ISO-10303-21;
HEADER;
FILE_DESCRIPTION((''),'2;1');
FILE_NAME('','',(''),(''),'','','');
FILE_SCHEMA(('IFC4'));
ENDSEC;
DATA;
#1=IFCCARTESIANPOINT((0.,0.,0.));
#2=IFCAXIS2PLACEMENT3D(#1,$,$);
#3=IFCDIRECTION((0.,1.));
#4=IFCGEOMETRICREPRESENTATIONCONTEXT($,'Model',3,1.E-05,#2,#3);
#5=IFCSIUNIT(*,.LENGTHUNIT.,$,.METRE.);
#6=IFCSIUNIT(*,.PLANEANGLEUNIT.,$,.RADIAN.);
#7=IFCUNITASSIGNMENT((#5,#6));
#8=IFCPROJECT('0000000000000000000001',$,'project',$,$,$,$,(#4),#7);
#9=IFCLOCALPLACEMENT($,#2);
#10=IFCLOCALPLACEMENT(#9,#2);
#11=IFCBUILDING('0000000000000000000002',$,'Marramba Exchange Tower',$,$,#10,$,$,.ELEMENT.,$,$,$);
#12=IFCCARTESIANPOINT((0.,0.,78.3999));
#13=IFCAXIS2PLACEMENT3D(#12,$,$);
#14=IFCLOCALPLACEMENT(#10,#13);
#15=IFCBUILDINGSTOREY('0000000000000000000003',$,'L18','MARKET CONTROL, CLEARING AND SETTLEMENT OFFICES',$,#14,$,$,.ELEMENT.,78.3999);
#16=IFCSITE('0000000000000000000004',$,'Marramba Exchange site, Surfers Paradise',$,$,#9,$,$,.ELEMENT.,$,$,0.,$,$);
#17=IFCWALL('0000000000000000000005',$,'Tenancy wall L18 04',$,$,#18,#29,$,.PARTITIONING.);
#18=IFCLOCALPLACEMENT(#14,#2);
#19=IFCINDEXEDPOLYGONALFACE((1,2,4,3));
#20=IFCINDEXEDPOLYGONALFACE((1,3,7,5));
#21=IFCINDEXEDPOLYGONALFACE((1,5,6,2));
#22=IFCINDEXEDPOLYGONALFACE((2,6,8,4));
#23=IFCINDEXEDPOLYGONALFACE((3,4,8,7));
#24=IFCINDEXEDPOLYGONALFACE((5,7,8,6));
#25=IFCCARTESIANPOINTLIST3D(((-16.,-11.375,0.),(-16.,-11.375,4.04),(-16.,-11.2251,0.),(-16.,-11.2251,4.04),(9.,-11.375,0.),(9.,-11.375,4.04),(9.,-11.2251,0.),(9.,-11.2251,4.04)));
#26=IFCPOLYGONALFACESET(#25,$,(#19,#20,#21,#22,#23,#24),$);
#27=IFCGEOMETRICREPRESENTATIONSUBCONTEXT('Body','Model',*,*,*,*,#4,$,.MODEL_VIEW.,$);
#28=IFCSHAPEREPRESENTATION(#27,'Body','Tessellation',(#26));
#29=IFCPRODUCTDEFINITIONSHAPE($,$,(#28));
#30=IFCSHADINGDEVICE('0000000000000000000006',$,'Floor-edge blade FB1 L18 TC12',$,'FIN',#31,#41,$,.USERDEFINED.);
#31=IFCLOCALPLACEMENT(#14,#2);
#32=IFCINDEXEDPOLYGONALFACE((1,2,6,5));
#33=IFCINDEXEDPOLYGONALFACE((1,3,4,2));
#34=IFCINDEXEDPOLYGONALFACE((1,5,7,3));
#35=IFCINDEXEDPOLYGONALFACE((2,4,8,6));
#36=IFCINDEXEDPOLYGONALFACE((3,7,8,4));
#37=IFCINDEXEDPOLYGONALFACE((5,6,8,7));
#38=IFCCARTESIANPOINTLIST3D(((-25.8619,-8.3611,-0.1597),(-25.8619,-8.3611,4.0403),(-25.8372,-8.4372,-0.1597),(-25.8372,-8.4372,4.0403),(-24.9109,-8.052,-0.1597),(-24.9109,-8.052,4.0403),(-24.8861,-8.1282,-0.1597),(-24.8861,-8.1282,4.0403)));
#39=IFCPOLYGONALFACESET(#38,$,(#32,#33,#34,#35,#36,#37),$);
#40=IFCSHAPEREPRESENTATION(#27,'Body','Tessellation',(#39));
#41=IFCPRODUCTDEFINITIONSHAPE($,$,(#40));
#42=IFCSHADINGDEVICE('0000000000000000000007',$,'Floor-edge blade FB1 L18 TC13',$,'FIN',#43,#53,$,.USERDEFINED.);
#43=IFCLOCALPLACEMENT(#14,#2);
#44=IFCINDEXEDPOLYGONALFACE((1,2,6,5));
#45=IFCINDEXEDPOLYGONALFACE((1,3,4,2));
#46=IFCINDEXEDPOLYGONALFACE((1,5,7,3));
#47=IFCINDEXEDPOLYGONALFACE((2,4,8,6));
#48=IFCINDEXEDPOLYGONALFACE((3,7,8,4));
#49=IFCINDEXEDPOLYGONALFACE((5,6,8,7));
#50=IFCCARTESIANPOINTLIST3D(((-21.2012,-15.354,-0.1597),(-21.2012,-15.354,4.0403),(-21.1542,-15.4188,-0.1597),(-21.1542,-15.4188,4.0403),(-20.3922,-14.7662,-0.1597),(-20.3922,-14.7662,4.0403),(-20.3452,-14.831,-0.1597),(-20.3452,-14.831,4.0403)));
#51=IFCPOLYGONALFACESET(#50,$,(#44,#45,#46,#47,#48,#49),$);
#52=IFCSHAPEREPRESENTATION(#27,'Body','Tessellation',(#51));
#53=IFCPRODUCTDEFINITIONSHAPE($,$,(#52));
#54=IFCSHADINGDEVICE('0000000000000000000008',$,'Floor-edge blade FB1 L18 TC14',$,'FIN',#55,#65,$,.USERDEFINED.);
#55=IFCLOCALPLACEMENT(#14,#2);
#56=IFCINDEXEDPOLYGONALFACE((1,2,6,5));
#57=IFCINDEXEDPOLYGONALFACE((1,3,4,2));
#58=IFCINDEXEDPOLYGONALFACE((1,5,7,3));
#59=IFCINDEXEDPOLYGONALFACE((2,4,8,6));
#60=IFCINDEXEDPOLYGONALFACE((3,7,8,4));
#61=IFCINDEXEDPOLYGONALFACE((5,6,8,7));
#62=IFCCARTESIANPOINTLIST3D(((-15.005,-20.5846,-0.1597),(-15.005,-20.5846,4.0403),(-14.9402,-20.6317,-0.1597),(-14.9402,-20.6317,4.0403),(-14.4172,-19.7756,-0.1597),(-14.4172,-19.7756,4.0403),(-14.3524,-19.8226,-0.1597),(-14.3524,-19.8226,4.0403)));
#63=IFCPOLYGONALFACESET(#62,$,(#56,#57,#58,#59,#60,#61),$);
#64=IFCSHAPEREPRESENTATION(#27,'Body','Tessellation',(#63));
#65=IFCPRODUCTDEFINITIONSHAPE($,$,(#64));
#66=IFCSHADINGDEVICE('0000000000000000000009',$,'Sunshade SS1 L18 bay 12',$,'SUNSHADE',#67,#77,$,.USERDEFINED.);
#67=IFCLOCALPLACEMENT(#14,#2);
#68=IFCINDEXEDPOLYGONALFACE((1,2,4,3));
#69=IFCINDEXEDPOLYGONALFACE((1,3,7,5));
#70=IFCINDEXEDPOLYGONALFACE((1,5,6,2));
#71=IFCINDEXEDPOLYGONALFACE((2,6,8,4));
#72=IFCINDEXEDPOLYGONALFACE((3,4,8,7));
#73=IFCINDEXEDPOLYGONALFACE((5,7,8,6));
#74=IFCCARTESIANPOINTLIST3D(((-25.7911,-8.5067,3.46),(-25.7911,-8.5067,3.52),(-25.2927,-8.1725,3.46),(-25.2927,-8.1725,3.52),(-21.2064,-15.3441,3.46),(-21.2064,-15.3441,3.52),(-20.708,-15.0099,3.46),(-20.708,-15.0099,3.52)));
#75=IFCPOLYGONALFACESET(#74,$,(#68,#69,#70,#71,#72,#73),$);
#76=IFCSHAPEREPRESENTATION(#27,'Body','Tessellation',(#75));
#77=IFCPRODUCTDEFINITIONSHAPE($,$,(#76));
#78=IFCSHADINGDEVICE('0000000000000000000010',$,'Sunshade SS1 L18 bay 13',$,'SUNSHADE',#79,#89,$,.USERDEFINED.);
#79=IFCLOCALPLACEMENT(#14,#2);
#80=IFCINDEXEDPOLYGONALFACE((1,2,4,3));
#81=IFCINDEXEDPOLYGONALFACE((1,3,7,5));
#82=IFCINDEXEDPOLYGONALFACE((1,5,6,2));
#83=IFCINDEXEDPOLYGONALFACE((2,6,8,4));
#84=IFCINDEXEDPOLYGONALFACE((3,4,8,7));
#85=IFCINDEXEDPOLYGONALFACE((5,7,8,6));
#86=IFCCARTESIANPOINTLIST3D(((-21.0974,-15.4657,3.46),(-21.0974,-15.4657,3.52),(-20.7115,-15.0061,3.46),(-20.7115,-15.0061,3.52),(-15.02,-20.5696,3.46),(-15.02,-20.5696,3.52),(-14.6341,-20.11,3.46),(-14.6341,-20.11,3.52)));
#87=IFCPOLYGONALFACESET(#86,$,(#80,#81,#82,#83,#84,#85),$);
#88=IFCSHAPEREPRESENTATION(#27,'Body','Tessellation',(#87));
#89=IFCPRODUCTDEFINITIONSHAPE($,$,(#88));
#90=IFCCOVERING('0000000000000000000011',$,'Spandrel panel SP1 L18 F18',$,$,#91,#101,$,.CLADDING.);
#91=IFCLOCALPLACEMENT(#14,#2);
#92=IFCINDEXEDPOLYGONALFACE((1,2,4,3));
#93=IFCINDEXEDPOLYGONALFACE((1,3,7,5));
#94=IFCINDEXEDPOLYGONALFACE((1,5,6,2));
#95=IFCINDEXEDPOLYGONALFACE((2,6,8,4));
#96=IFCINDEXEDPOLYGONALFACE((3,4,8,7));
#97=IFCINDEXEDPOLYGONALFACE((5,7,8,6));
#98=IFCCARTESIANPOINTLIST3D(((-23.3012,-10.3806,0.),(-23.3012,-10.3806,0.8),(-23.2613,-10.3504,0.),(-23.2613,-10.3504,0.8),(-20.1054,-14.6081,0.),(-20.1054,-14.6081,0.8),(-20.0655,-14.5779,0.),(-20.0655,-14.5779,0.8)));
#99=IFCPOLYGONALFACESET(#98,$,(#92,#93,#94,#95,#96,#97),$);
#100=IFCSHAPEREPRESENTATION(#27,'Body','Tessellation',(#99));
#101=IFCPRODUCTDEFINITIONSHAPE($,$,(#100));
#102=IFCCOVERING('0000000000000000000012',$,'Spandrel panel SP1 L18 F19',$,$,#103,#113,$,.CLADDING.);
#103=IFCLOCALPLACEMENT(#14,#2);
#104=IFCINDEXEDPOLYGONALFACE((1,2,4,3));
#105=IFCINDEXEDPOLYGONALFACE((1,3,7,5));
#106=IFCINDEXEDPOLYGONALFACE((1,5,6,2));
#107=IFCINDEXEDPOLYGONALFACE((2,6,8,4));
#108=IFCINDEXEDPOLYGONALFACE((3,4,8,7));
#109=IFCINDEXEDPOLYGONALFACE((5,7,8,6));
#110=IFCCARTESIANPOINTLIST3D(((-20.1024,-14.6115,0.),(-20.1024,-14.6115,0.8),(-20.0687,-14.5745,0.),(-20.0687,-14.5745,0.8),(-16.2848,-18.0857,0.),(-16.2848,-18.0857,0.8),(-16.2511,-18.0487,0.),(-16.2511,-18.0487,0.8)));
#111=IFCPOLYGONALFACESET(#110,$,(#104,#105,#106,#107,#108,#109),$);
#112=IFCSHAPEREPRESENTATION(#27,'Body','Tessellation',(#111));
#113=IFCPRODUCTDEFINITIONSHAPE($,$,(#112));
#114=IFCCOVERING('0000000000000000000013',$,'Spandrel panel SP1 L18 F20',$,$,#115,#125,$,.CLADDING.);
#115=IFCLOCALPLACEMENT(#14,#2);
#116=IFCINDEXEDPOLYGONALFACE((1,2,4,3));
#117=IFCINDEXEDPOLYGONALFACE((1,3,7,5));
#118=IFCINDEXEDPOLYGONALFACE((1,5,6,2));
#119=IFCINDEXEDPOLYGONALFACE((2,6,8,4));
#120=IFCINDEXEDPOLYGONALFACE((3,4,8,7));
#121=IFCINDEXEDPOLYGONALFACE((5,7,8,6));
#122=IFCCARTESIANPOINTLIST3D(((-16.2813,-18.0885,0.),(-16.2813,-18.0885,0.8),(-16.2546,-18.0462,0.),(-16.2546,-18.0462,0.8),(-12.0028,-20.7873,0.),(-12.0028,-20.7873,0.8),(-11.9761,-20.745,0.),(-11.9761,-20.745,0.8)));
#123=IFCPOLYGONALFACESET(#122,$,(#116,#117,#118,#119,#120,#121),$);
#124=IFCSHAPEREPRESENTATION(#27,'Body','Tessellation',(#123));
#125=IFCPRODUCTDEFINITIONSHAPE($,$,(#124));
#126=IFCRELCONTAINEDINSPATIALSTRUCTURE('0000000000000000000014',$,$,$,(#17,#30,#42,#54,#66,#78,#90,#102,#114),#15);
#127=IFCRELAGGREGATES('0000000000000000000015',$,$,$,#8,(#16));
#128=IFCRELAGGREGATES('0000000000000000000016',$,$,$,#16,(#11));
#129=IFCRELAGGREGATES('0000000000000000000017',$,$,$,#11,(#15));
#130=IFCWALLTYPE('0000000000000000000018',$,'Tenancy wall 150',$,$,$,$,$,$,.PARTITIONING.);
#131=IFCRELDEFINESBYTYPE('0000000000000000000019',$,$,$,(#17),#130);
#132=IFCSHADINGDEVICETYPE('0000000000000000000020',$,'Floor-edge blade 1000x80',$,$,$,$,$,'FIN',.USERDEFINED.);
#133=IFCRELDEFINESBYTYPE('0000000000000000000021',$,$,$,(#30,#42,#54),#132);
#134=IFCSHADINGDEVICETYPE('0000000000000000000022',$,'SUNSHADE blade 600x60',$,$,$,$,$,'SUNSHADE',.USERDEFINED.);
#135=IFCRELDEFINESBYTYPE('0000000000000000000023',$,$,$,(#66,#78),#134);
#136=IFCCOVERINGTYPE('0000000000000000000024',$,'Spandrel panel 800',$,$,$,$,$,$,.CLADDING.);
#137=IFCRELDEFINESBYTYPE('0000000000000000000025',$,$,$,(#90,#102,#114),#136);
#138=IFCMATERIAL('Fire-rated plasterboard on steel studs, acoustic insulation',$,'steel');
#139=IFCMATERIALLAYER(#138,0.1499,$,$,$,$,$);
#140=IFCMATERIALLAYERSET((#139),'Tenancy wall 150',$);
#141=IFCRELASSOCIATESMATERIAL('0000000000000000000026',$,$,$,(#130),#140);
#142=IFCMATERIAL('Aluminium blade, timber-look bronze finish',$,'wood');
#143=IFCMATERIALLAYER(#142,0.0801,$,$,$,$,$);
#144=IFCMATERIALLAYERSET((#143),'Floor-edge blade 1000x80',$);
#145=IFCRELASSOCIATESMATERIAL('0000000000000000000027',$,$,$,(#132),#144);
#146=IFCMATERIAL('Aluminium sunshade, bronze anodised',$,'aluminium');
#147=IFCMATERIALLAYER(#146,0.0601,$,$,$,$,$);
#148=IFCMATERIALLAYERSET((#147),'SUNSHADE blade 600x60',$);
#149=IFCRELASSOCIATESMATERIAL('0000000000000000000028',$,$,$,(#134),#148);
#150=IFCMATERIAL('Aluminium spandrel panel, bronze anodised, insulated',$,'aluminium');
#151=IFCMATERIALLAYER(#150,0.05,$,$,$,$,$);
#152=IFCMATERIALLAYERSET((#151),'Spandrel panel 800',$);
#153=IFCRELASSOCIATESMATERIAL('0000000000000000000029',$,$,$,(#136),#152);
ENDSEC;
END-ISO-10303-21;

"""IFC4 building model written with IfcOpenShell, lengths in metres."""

from ifc_helpers import new_model, si_unit, direction, frame, frame_2d, origin, origin_2d, place, context, subcontext, project, spatial, rectangle, extrude, material, layer, layer_set, type_object, element, save


model = new_model("IFC4")

# Units and contexts
model_context = context("Model", 3, precision=1e-05, world=origin(), true_north=direction((0.0, 1.0)))
body_context = subcontext(model_context, "Body", "Model", "MODEL_VIEW")
ifc_project = project(units=[si_unit("LENGTHUNIT", "METRE"), si_unit("PLANEANGLEUNIT", "RADIAN")], contexts=[model_context])

# Site, building, storey
site_placement = place(None, origin())
site = spatial("IfcSite", under=ifc_project, at=site_placement, Name="Marramba Exchange site, Surfers Paradise", CompositionType="ELEMENT", RefElevation=0.0)
building_placement = place(site_placement, origin())
building = spatial("IfcBuilding", under=site, at=building_placement, Name="Marramba Exchange Tower", CompositionType="ELEMENT")
storey_placement = place(building_placement, frame((0.0, 0.0, 78.3999)))
storey = spatial("IfcBuildingStorey", under=building, at=storey_placement, Name="L18", Description="MARKET CONTROL, CLEARING AND SETTLEMENT OFFICES", CompositionType="ELEMENT", Elevation=78.3999)

# Wall
ifc_material_1 = material(Name="Fire-rated plasterboard on steel studs, acoustic insulation", Category="steel")
ifc_layer_1 = layer(ifc_material_1, 0.1499)
ifc_layer_set_1 = layer_set([ifc_layer_1], Name="Tenancy wall 150")
wall_type_1 = type_object("IfcWallType", Name="Tenancy wall 150", PredefinedType="PARTITIONING", material=ifc_layer_set_1)
wall_1_placement = place(storey_placement, frame((-16.0, -11.3, 0.0), z_axis=(0.0, 0.0, 1.0), x_axis=(1.0, 0.0, 0.0)))
element("IfcWall", 1, at=wall_1_placement, inside=storey, type_object=wall_type_1, Name="Tenancy wall L18 04", PredefinedType="PARTITIONING", context=body_context, shape_type="SweptSolid", body=[
    extrude(rectangle(XDim=25.0, YDim=0.1499, at=frame_2d((12.5, 0.0))), origin(), (0.0, 0.0, 1.0), 4.04),
])

# Shading devices
ifc_material_2 = material(Name="Aluminium blade, timber-look bronze finish", Category="wood")
ifc_layer_2 = layer(ifc_material_2, 0.0801)
ifc_layer_set_2 = layer_set([ifc_layer_2], Name="Floor-edge blade 1000x80")
shading_device_type_1 = type_object("IfcShadingDeviceType", Name="Floor-edge blade 1000x80", ElementType="FIN", PredefinedType="USERDEFINED", material=ifc_layer_set_2)
for number, where, z_axis, x_axis, name in (
    (2, (-25.374, -8.2446, -0.1597), (0.0, 0.0, 1.0), (-0.951057, -0.309017, 0.0), "Floor-edge blade FB1 L18 TC12"),
    (3, (-20.7732, -15.0925, -0.1597), (0.0, 0.0, 1.0), (-0.809017, -0.587785, 0.0), "Floor-edge blade FB1 L18 TC13"),
    (4, (-14.6787, -20.2036, -0.1597), (0.0, 0.0, 1.0), (-0.587785, -0.809017, 0.0), "Floor-edge blade FB1 L18 TC14"),
):
    element("IfcShadingDevice", number, at=place(storey_placement, frame(where, z_axis=z_axis, x_axis=x_axis)), inside=storey, type_object=shading_device_type_1, Name=name, ObjectType="FIN", PredefinedType="USERDEFINED", context=body_context, shape_type="SweptSolid", body=[
        extrude(rectangle(XDim=1.0, YDim=0.0801, at=origin_2d()), origin(), (0.0, 0.0, 1.0), 4.2),
    ])
ifc_material_3 = material(Name="Aluminium sunshade, bronze anodised", Category="aluminium")
ifc_layer_3 = layer(ifc_material_3, 0.0601)
ifc_layer_set_3 = layer_set([ifc_layer_3], Name="SUNSHADE blade 600x60")
shading_device_type_2 = type_object("IfcShadingDeviceType", Name="SUNSHADE blade 600x60", ElementType="SUNSHADE", PredefinedType="USERDEFINED", material=ifc_layer_set_3)
shading_device_1_placement = place(storey_placement, frame((-23.2495, -11.7583, 3.46), z_axis=(0.0, 0.0, 1.0), x_axis=(0.556924, -0.830563, 0.0)))
element("IfcShadingDevice", 5, at=shading_device_1_placement, inside=storey, type_object=shading_device_type_2, Name="Sunshade SS1 L18 bay 12", ObjectType="SUNSHADE", PredefinedType="USERDEFINED", context=body_context, shape_type="SweptSolid", body=[
    extrude(rectangle(XDim=8.2322, YDim=0.6001, at=origin_2d()), origin(), (0.0, 0.0, 1.0), 0.0601),
])
shading_device_2_placement = place(storey_placement, frame((-17.8657, -17.7878, 3.46), z_axis=(0.0, 0.0, 1.0), x_axis=(0.765776, -0.643107, 0.0)))
element("IfcShadingDevice", 6, at=shading_device_2_placement, inside=storey, type_object=shading_device_type_2, Name="Sunshade SS1 L18 bay 13", ObjectType="SUNSHADE", PredefinedType="USERDEFINED", context=body_context, shape_type="SweptSolid", body=[
    extrude(rectangle(XDim=7.9363, YDim=0.6001, at=origin_2d()), origin(), (0.0, 0.0, 1.0), 0.0601),
])

# Coverings
ifc_material_4 = material(Name="Aluminium spandrel panel, bronze anodised, insulated", Category="aluminium")
ifc_layer_4 = layer(ifc_material_4, 0.05)
ifc_layer_set_4 = layer_set([ifc_layer_4], Name="Spandrel panel 800")
covering_type = type_object("IfcCoveringType", Name="Spandrel panel 800", PredefinedType="CLADDING", material=ifc_layer_set_4)
covering_1_placement = place(storey_placement, frame((-21.6833, -12.4792, 0.0), z_axis=(0.0, 0.0, 1.0), x_axis=(0.60304, -0.797711, 0.0)))
element("IfcCovering", 7, at=covering_1_placement, inside=storey, type_object=covering_type, Name="Spandrel panel SP1 L18 F18", PredefinedType="CLADDING", context=body_context, shape_type="SweptSolid", body=[
    extrude(rectangle(XDim=5.2996, YDim=0.05, at=origin_2d()), origin(), (0.0, 0.0, 1.0), 0.8),
])
covering_2_placement = place(storey_placement, frame((-18.1768, -16.3301, 0.0), z_axis=(0.0, 0.0, 1.0), x_axis=(0.73959, -0.673058, 0.0)))
element("IfcCovering", 8, at=covering_2_placement, inside=storey, type_object=covering_type, Name="Spandrel panel SP1 L18 F19", PredefinedType="CLADDING", context=body_context, shape_type="SweptSolid", body=[
    extrude(rectangle(XDim=5.1619, YDim=0.05, at=origin_2d()), origin(), (0.0, 0.0, 1.0), 0.8),
])
covering_3_placement = place(storey_placement, frame((-14.1287, -19.4167, 0.0), z_axis=(0.0, 0.0, 1.0), x_axis=(0.845791, -0.533515, 0.0)))
element("IfcCovering", 9, at=covering_3_placement, inside=storey, type_object=covering_type, Name="Spandrel panel SP1 L18 F20", PredefinedType="CLADDING", context=body_context, shape_type="SweptSolid", body=[
    extrude(rectangle(XDim=5.0586, YDim=0.05, at=origin_2d()), origin(), (0.0, 0.0, 1.0), 0.8),
])

save(model, "model.ifc")
